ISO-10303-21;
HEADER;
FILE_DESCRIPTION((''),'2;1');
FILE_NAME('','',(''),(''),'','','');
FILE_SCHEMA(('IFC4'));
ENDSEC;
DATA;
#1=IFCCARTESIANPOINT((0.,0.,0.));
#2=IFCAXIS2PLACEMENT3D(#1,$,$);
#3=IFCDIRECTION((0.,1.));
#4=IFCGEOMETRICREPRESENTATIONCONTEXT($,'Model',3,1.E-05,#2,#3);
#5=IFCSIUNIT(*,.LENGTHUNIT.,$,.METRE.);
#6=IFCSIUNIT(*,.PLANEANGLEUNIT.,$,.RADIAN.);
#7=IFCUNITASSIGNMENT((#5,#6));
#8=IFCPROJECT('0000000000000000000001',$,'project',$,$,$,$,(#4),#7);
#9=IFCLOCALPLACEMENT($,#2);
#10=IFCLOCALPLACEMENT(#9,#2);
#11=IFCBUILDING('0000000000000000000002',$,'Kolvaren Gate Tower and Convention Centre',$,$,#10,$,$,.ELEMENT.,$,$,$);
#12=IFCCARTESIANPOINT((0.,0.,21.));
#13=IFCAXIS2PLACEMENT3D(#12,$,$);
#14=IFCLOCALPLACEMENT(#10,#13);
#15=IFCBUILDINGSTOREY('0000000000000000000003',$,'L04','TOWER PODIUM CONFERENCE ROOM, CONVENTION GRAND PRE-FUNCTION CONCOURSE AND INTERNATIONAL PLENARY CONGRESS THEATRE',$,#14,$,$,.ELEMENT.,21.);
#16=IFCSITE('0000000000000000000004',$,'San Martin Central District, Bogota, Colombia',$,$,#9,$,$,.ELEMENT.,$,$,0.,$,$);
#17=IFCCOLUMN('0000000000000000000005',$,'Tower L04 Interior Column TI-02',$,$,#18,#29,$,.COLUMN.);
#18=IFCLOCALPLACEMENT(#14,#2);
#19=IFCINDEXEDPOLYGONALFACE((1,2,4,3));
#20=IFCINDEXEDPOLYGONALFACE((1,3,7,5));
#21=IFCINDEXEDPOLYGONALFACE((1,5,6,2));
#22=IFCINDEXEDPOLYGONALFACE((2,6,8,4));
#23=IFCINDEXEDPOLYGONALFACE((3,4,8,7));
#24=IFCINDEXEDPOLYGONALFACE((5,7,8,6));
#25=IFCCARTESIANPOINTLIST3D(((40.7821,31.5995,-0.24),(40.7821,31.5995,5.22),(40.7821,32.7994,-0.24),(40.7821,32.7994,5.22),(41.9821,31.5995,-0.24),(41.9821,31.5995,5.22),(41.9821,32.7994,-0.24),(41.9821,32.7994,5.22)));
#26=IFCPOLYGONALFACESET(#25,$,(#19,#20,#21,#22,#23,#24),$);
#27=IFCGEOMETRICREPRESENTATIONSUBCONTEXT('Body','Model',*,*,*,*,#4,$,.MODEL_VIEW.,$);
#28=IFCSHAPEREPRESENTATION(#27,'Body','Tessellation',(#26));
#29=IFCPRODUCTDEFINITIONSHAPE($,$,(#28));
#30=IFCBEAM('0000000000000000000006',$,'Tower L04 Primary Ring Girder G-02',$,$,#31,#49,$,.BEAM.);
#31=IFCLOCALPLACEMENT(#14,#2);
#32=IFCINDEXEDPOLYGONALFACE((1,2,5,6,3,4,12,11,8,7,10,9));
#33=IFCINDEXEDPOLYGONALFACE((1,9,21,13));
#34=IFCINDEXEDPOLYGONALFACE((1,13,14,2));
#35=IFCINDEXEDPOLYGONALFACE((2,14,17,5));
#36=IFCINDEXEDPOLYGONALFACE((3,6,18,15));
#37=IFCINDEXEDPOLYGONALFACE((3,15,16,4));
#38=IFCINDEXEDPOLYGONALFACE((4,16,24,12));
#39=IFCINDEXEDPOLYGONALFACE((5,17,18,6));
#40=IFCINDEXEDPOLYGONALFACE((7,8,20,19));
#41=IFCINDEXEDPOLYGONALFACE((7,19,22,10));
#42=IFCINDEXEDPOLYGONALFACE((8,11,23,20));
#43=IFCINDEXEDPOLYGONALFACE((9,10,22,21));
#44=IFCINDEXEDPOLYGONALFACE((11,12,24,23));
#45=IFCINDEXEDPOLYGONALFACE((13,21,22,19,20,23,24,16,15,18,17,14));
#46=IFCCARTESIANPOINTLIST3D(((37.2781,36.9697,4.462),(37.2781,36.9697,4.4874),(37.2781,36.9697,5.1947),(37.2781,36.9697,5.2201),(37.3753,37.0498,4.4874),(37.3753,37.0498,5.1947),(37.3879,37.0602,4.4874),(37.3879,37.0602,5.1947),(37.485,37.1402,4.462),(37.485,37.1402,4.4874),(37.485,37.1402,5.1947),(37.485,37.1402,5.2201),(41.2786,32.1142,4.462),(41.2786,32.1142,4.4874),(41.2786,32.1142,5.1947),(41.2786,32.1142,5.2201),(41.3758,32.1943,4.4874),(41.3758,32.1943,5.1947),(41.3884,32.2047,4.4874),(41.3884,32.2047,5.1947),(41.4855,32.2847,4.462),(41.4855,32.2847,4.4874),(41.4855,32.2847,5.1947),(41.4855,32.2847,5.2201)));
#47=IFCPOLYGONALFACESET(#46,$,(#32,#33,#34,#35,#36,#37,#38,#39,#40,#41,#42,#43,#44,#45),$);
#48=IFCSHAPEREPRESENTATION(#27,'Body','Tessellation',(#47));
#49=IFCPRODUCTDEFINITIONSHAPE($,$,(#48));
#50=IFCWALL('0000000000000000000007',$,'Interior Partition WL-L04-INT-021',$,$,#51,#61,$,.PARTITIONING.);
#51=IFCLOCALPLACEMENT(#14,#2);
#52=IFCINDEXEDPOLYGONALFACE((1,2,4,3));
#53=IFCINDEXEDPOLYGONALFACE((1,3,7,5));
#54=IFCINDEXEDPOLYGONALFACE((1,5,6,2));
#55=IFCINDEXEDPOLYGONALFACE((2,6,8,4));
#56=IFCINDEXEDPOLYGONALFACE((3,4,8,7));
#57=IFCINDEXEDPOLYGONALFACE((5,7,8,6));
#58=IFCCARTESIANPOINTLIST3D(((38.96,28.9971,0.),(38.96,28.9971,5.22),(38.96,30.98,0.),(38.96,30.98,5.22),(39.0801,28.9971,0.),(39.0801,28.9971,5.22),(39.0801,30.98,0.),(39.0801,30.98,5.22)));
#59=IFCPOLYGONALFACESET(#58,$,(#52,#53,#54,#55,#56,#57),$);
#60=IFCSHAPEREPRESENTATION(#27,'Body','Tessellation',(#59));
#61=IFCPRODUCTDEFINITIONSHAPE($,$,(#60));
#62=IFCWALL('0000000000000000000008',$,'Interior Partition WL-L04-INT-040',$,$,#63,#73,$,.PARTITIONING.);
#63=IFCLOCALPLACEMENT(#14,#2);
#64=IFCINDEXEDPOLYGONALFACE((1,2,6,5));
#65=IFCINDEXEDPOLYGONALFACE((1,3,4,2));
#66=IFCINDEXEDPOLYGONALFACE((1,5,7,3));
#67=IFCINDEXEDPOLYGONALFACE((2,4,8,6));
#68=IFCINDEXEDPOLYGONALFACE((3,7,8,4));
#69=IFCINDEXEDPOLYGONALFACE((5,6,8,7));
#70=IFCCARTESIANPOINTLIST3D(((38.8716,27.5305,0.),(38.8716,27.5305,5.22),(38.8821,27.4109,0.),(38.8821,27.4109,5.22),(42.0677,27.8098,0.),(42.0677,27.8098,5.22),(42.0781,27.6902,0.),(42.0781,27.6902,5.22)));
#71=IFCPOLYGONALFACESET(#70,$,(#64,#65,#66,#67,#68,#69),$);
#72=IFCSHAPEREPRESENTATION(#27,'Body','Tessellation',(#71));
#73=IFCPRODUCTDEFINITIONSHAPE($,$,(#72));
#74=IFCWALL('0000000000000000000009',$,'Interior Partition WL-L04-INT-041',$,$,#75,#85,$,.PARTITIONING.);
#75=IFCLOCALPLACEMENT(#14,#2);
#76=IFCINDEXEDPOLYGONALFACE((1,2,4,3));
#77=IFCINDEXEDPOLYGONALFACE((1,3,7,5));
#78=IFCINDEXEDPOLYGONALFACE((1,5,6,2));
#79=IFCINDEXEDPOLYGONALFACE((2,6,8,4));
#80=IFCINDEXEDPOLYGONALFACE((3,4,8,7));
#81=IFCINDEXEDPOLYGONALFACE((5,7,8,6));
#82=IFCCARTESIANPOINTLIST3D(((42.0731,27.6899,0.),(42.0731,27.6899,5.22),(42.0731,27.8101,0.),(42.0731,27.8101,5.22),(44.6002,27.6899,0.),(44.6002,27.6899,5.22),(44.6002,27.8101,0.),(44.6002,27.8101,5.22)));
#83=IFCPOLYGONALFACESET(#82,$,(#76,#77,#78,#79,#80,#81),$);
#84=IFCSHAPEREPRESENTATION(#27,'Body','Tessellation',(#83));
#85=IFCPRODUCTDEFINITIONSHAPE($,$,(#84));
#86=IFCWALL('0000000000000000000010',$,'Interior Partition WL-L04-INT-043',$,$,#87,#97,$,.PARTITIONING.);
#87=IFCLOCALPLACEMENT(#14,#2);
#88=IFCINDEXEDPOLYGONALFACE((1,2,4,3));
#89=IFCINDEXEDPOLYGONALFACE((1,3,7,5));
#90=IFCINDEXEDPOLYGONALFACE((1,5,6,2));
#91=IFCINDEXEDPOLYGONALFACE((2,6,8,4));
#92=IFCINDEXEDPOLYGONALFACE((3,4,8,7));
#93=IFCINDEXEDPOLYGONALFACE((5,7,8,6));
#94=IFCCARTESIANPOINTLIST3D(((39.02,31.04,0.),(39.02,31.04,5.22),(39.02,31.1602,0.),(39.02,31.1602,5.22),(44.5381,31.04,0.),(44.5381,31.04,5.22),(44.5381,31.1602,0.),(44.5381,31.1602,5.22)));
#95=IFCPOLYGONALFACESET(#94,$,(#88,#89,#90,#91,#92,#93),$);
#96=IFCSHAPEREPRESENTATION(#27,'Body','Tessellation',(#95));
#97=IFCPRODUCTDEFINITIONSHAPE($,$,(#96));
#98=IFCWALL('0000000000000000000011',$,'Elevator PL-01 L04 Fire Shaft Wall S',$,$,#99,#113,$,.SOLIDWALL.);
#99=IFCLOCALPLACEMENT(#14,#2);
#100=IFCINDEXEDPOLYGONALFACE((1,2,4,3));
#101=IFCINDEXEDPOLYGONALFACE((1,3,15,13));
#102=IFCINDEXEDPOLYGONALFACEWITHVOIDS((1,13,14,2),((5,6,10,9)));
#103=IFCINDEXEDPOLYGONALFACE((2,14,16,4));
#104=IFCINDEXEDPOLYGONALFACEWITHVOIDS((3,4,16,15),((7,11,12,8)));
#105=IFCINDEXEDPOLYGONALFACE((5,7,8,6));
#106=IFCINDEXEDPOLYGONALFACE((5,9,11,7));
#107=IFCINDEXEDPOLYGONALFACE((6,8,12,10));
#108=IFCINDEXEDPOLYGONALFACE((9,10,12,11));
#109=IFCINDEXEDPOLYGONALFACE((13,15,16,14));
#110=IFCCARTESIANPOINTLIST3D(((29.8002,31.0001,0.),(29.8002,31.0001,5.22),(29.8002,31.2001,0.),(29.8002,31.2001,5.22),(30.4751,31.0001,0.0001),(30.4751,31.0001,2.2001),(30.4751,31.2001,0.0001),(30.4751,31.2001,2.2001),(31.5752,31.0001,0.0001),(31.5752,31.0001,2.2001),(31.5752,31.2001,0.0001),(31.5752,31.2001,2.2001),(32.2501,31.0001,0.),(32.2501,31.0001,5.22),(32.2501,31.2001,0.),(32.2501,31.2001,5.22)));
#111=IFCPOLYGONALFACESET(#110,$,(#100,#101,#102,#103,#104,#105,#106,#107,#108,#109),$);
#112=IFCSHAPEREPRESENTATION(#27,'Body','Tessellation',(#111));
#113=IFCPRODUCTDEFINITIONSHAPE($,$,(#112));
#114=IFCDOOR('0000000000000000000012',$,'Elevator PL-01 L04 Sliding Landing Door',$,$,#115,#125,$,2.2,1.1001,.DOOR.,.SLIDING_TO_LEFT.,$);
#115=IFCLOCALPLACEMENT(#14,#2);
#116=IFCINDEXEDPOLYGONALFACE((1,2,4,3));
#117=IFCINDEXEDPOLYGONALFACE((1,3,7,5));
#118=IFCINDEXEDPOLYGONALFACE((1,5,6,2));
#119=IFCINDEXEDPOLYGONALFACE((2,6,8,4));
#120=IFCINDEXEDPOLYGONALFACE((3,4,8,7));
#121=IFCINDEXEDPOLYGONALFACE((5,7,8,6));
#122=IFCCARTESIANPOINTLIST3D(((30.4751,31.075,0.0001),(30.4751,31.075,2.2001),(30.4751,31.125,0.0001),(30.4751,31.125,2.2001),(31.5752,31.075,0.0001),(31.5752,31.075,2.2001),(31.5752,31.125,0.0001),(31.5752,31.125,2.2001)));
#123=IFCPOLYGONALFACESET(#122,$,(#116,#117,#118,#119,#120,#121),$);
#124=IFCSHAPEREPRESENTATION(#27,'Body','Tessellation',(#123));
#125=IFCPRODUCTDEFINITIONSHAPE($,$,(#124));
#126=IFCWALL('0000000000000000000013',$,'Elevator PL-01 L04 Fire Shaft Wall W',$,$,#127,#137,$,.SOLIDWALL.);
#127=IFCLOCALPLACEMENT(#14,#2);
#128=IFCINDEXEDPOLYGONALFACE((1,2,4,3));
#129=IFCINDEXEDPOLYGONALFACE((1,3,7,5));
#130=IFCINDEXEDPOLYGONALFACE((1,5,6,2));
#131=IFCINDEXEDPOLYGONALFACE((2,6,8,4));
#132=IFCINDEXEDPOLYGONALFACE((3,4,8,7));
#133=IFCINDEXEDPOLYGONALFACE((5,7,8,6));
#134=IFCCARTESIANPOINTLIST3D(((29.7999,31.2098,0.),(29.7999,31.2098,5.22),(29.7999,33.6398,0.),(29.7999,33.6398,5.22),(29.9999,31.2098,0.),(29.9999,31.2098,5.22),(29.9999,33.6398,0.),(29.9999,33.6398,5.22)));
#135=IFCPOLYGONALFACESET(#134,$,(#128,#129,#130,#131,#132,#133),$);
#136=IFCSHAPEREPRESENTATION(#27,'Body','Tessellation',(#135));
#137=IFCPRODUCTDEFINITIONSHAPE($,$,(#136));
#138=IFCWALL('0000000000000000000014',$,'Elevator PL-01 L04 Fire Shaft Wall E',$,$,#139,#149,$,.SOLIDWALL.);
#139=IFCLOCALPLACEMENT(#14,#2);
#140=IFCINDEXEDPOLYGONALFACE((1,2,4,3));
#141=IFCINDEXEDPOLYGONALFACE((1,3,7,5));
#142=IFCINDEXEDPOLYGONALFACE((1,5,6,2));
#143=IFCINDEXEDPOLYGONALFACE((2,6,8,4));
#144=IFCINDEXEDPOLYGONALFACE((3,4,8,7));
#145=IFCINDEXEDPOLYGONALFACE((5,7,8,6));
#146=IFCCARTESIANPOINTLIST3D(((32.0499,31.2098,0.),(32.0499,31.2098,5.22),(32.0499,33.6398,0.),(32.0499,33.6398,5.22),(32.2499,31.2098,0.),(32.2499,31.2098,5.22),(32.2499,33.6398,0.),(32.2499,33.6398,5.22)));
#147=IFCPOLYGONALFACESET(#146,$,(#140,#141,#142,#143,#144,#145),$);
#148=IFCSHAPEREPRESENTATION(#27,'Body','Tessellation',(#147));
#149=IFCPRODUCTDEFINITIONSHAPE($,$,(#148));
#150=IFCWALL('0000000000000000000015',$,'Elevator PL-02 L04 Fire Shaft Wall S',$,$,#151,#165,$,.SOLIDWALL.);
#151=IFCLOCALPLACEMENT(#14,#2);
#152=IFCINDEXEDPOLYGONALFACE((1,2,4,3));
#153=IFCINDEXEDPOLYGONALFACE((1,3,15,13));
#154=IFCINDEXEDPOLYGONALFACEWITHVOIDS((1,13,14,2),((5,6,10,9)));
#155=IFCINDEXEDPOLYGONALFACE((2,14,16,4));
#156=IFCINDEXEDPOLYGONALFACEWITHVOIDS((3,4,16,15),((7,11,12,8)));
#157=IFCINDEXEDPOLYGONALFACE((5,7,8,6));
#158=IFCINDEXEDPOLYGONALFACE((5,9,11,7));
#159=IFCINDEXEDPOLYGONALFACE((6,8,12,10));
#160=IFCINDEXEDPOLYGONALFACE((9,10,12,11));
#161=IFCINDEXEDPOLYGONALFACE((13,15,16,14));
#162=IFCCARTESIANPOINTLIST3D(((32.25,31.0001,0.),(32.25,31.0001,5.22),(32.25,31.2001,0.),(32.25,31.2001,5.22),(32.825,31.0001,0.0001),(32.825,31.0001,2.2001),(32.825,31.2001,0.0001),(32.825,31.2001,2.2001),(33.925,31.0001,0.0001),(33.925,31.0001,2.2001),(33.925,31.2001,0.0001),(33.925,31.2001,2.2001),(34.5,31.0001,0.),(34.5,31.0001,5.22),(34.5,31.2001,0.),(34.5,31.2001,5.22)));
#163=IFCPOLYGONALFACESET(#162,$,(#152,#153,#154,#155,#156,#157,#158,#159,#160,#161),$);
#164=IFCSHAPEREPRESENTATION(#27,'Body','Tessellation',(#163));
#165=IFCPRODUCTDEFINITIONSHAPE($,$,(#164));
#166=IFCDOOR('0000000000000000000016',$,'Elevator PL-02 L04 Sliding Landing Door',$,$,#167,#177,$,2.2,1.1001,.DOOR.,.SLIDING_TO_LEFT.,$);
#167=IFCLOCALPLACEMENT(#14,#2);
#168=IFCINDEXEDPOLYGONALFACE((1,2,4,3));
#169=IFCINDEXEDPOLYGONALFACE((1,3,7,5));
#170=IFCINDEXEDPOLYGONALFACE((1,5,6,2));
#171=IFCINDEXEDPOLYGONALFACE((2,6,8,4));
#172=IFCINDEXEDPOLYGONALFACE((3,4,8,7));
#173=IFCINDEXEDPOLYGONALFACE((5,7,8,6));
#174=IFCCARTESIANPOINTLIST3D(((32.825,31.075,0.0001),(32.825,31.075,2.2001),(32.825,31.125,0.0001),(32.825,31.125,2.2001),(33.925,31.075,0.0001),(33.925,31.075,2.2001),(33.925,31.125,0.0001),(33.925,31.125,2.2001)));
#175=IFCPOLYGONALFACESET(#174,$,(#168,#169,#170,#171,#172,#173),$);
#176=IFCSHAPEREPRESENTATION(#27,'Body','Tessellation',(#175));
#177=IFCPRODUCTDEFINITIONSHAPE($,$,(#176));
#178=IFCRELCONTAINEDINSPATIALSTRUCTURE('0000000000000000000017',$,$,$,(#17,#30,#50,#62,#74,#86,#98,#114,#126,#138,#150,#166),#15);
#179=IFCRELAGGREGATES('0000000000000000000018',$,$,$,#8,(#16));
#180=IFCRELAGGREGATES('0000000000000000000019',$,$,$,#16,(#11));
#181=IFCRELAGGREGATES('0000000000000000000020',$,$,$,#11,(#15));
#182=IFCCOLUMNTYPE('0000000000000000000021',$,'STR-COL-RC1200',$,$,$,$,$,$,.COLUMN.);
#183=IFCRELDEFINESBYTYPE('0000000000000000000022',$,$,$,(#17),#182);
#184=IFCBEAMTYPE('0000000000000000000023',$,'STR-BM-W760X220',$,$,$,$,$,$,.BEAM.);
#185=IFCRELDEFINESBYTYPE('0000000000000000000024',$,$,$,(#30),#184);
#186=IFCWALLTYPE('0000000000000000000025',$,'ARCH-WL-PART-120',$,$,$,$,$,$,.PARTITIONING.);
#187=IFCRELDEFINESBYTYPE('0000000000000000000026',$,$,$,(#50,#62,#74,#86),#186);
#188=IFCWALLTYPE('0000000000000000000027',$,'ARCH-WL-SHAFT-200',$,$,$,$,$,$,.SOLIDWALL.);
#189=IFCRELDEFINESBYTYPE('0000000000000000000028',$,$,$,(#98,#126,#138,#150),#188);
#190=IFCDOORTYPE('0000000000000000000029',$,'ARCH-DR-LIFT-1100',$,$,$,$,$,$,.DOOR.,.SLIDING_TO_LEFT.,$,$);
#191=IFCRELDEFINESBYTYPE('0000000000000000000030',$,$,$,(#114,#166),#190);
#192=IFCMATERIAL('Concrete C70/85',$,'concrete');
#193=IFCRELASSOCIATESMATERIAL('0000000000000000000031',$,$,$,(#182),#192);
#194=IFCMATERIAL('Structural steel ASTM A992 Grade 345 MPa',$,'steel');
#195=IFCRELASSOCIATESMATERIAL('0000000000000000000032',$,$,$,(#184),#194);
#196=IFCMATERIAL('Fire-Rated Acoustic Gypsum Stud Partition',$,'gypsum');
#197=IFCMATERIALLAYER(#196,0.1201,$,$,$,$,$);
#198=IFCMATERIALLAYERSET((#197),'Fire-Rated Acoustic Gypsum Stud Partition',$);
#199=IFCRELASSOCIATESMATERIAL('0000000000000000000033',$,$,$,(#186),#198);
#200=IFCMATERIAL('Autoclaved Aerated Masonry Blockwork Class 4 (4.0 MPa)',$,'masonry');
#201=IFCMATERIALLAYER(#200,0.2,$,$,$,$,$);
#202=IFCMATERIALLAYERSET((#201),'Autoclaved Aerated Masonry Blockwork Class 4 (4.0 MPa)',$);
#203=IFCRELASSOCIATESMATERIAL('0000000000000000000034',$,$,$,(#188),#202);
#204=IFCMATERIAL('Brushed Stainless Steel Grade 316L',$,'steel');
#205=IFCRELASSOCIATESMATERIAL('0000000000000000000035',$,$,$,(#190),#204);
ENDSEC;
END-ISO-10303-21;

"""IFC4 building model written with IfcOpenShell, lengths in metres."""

from ifc_helpers import new_model, si_unit, direction, frame, frame_2d, origin, origin_2d, place, context, subcontext, project, spatial, rectangle, i_section, extrude, material, layer, layer_set, material_profile, profile_set, type_object, element, fill, save


model = new_model("IFC4")

# Units and contexts
model_context = context("Model", 3, precision=1e-05, world=origin(), true_north=direction((0.0, 1.0)))
body_context = subcontext(model_context, "Body", "Model", "MODEL_VIEW")
ifc_project = project(units=[si_unit("LENGTHUNIT", "METRE"), si_unit("PLANEANGLEUNIT", "RADIAN")], contexts=[model_context])

# Site, building, storey
site_placement = place(None, origin())
site = spatial("IfcSite", under=ifc_project, at=site_placement, Name="San Martin Central District, Bogota, Colombia", CompositionType="ELEMENT", RefElevation=0.0)
building_placement = place(site_placement, origin())
building = spatial("IfcBuilding", under=site, at=building_placement, Name="Kolvaren Gate Tower and Convention Centre", CompositionType="ELEMENT")
storey_placement = place(building_placement, frame((0.0, 0.0, 21.0)))
storey = spatial("IfcBuildingStorey", under=building, at=storey_placement, Name="L04", Description="TOWER PODIUM CONFERENCE ROOM, CONVENTION GRAND PRE-FUNCTION CONCOURSE AND INTERNATIONAL PLENARY CONGRESS THEATRE", CompositionType="ELEMENT", Elevation=21.0)

# Column
ifc_material_1 = material(Name="Concrete C70/85", Category="concrete")
ifc_material_profile_1 = material_profile(ifc_material_1, rectangle(XDim=1.2, YDim=1.2, at=origin_2d()), Name="RC-COL-1200X1200")
ifc_profile_set_1 = profile_set([ifc_material_profile_1], Name="Concrete C70/85")
column_type = type_object("IfcColumnType", Name="STR-COL-RC1200", PredefinedType="COLUMN", material=ifc_profile_set_1)
column_placement = place(storey_placement, frame((41.3821, 32.1995, -0.24), z_axis=(0.0, 0.0, 1.0), x_axis=(1.0, 0.0, 0.0)))
element("IfcColumn", 1, at=column_placement, inside=storey, type_object=column_type, Name="Tower L04 Interior Column TI-02", PredefinedType="COLUMN", context=body_context, shape_type="SweptSolid", body=[
    extrude(rectangle(XDim=1.2, YDim=1.2, at=origin_2d()), origin(), (0.0, 0.0, 1.0), 5.46),
])

# Beam
ifc_material_2 = material(Name="Structural steel ASTM A992 Grade 345 MPa", Category="steel")
ifc_material_profile_2 = material_profile(ifc_material_2, i_section(OverallWidth=0.2681, OverallDepth=0.7581, WebThickness=0.0164, FlangeThickness=0.0254, at=origin_2d()), Name="W760X220")
ifc_profile_set_2 = profile_set([ifc_material_profile_2], Name="Structural steel ASTM A992 Grade 345 MPa")
beam_type = type_object("IfcBeamType", Name="STR-BM-W760X220", PredefinedType="BEAM", material=ifc_profile_set_2)
beam_placement = place(storey_placement, frame((41.3821, 32.1995, 4.8411), z_axis=(-0.635884, 0.771785, 0.0), x_axis=(-0.771785, -0.635884, 0.0)))
element("IfcBeam", 2, at=beam_placement, inside=storey, type_object=beam_type, Name="Tower L04 Primary Ring Girder G-02", PredefinedType="BEAM", context=body_context, shape_type="SweptSolid", body=[
    extrude(i_section(OverallWidth=0.2681, OverallDepth=0.7581, WebThickness=0.0164, FlangeThickness=0.0254, at=origin_2d()), origin(), (0.0, 0.0, 1.0), 6.2913),
])

# Walls
ifc_material_3 = material(Name="Fire-Rated Acoustic Gypsum Stud Partition", Category="gypsum")
ifc_layer_1 = layer(ifc_material_3, 0.1201)
ifc_layer_set_1 = layer_set([ifc_layer_1], Name="Fire-Rated Acoustic Gypsum Stud Partition")
wall_type_1 = type_object("IfcWallType", Name="ARCH-WL-PART-120", PredefinedType="PARTITIONING", material=ifc_layer_set_1)
wall_1_placement = place(storey_placement, frame((39.02, 28.9971, 0.0), z_axis=(0.0, 0.0, 1.0), x_axis=(0.0, 1.0, 0.0)))
element("IfcWall", 3, at=wall_1_placement, inside=storey, type_object=wall_type_1, Name="Interior Partition WL-L04-INT-021", PredefinedType="PARTITIONING", context=body_context, shape_type="SweptSolid", body=[
    extrude(rectangle(XDim=1.9829, YDim=0.1201, at=frame_2d((0.9915, 0.0))), origin(), (0.0, 0.0, 1.0), 5.22),
])
wall_2_placement = place(storey_placement, frame((38.877, 27.4707, 0.0), z_axis=(0.0, 0.0, 1.0), x_axis=(0.996203, 0.087057, 0.0)))
element("IfcWall", 4, at=wall_2_placement, inside=storey, type_object=wall_type_1, Name="Interior Partition WL-L04-INT-040", PredefinedType="PARTITIONING", context=body_context, shape_type="SweptSolid", body=[
    extrude(rectangle(XDim=3.2083, YDim=0.1201, at=frame_2d((1.604, 0.0))), origin(), (0.0, 0.0, 1.0), 5.22),
])
wall_3_placement = place(storey_placement, frame((42.073, 27.75, 0.0), z_axis=(0.0, 0.0, 1.0), x_axis=(1.0, 0.0, 0.0)))
element("IfcWall", 5, at=wall_3_placement, inside=storey, type_object=wall_type_1, Name="Interior Partition WL-L04-INT-041", PredefinedType="PARTITIONING", context=body_context, shape_type="SweptSolid", body=[
    extrude(rectangle(XDim=2.5271, YDim=0.1201, at=frame_2d((1.2637, 0.0))), origin(), (0.0, 0.0, 1.0), 5.22),
])
wall_4_placement = place(storey_placement, frame((39.02, 31.1001, 0.0), z_axis=(0.0, 0.0, 1.0), x_axis=(1.0, 0.0, 0.0)))
element("IfcWall", 6, at=wall_4_placement, inside=storey, type_object=wall_type_1, Name="Interior Partition WL-L04-INT-043", PredefinedType="PARTITIONING", context=body_context, shape_type="SweptSolid", body=[
    extrude(rectangle(XDim=5.5181, YDim=0.1201, at=frame_2d((2.759, 0.0))), origin(), (0.0, 0.0, 1.0), 5.22),
])

# Wall, opening, door
ifc_material_4 = material(Name="Autoclaved Aerated Masonry Blockwork Class 4 (4.0 MPa)", Category="masonry")
ifc_layer_2 = layer(ifc_material_4, 0.2)
ifc_layer_set_2 = layer_set([ifc_layer_2], Name="Autoclaved Aerated Masonry Blockwork Class 4 (4.0 MPa)")
wall_type_2 = type_object("IfcWallType", Name="ARCH-WL-SHAFT-200", PredefinedType="SOLIDWALL", material=ifc_layer_set_2)
wall_5_placement = place(storey_placement, frame((29.8, 31.1001, 0.0), z_axis=(0.0, 0.0, 1.0), x_axis=(1.0, 0.0, 0.0)))
wall_5 = element("IfcWall", 7, at=wall_5_placement, inside=storey, type_object=wall_type_2, Name="Elevator PL-01 L04 Fire Shaft Wall S", PredefinedType="SOLIDWALL", context=body_context, shape_type="SweptSolid", body=[
    extrude(rectangle(XDim=2.45, YDim=0.2, at=frame_2d((1.2251, 0.0))), origin(), (0.0, 0.0, 1.0), 5.22),
])
opening_1_placement = place(wall_5_placement, frame((0.675, 0.0, 0.0)))
opening_1 = element("IfcOpeningElement", 8, at=opening_1_placement, cuts=wall_5, PredefinedType="OPENING", context=body_context, shape_type="SweptSolid", body=[
    extrude(rectangle(XDim=1.1001, YDim=2.2, at=frame_2d((0.55, 1.1001))), frame((0.0, 0.1099, 0.0), z_axis=(0.0, -1.0, 0.0), x_axis=(1.0, 0.0, 0.0)), (0.0, 0.0, 1.0), 0.22),
])
ifc_material_5 = material(Name="Brushed Stainless Steel Grade 316L", Category="steel")
door_type = type_object("IfcDoorType", Name="ARCH-DR-LIFT-1100", OperationType="SLIDING_TO_LEFT", PredefinedType="DOOR", material=ifc_material_5)
door_1_placement = place(opening_1_placement, origin())
door_1 = element("IfcDoor", 9, at=door_1_placement, inside=storey, type_object=door_type, Name="Elevator PL-01 L04 Sliding Landing Door", OperationType="SLIDING_TO_LEFT", OverallHeight=2.2, OverallWidth=1.1001, PredefinedType="DOOR", context=body_context, shape_type="SweptSolid", body=[
    extrude(rectangle(XDim=1.1001, YDim=2.2, at=frame_2d((0.55, 1.1001))), frame((0.0, 0.0249, 0.0), z_axis=(0.0, -1.0, 0.0), x_axis=(1.0, 0.0, 0.0)), (0.0, 0.0, 1.0), 0.05),
])
fill(opening_1, door_1)

# Walls
for number, where, z_axis, x_axis, name in (
    (10, (29.8999, 31.21, 0.0), (0.0, 0.0, 1.0), (0.0, 1.0, 0.0), "Elevator PL-01 L04 Fire Shaft Wall W"),
    (11, (32.1499, 31.21, 0.0), (0.0, 0.0, 1.0), (0.0, 1.0, 0.0), "Elevator PL-01 L04 Fire Shaft Wall E"),
):
    element("IfcWall", number, at=place(storey_placement, frame(where, z_axis=z_axis, x_axis=x_axis)), inside=storey, type_object=wall_type_2, Name=name, PredefinedType="SOLIDWALL", context=body_context, shape_type="SweptSolid", body=[
        extrude(rectangle(XDim=2.4299, YDim=0.2, at=frame_2d((1.2148, 0.0))), origin(), (0.0, 0.0, 1.0), 5.22),
    ])

# Wall, opening, door
wall_6_placement = place(storey_placement, frame((32.25, 31.1001, 0.0), z_axis=(0.0, 0.0, 1.0), x_axis=(1.0, 0.0, 0.0)))
wall_6 = element("IfcWall", 12, at=wall_6_placement, inside=storey, type_object=wall_type_2, Name="Elevator PL-02 L04 Fire Shaft Wall S", PredefinedType="SOLIDWALL", context=body_context, shape_type="SweptSolid", body=[
    extrude(rectangle(XDim=2.25, YDim=0.2, at=frame_2d((1.125, 0.0))), origin(), (0.0, 0.0, 1.0), 5.22),
])
opening_2_placement = place(wall_6_placement, frame((0.575, 0.0, 0.0)))
opening_2 = element("IfcOpeningElement", 13, at=opening_2_placement, cuts=wall_6, PredefinedType="OPENING", context=body_context, shape_type="SweptSolid", body=[
    extrude(rectangle(XDim=1.1001, YDim=2.2, at=frame_2d((0.55, 1.1001))), frame((0.0, 0.1099, 0.0), z_axis=(0.0, -1.0, 0.0), x_axis=(1.0, 0.0, 0.0)), (0.0, 0.0, 1.0), 0.22),
])
door_2_placement = place(opening_2_placement, origin())
door_2 = element("IfcDoor", 14, at=door_2_placement, inside=storey, type_object=door_type, Name="Elevator PL-02 L04 Sliding Landing Door", OperationType="SLIDING_TO_LEFT", OverallHeight=2.2, OverallWidth=1.1001, PredefinedType="DOOR", context=body_context, shape_type="SweptSolid", body=[
    extrude(rectangle(XDim=1.1001, YDim=2.2, at=frame_2d((0.55, 1.1001))), frame((0.0, 0.0249, 0.0), z_axis=(0.0, -1.0, 0.0), x_axis=(1.0, 0.0, 0.0)), (0.0, 0.0, 1.0), 0.05),
])
fill(opening_2, door_2)

save(model, "model.ifc")
